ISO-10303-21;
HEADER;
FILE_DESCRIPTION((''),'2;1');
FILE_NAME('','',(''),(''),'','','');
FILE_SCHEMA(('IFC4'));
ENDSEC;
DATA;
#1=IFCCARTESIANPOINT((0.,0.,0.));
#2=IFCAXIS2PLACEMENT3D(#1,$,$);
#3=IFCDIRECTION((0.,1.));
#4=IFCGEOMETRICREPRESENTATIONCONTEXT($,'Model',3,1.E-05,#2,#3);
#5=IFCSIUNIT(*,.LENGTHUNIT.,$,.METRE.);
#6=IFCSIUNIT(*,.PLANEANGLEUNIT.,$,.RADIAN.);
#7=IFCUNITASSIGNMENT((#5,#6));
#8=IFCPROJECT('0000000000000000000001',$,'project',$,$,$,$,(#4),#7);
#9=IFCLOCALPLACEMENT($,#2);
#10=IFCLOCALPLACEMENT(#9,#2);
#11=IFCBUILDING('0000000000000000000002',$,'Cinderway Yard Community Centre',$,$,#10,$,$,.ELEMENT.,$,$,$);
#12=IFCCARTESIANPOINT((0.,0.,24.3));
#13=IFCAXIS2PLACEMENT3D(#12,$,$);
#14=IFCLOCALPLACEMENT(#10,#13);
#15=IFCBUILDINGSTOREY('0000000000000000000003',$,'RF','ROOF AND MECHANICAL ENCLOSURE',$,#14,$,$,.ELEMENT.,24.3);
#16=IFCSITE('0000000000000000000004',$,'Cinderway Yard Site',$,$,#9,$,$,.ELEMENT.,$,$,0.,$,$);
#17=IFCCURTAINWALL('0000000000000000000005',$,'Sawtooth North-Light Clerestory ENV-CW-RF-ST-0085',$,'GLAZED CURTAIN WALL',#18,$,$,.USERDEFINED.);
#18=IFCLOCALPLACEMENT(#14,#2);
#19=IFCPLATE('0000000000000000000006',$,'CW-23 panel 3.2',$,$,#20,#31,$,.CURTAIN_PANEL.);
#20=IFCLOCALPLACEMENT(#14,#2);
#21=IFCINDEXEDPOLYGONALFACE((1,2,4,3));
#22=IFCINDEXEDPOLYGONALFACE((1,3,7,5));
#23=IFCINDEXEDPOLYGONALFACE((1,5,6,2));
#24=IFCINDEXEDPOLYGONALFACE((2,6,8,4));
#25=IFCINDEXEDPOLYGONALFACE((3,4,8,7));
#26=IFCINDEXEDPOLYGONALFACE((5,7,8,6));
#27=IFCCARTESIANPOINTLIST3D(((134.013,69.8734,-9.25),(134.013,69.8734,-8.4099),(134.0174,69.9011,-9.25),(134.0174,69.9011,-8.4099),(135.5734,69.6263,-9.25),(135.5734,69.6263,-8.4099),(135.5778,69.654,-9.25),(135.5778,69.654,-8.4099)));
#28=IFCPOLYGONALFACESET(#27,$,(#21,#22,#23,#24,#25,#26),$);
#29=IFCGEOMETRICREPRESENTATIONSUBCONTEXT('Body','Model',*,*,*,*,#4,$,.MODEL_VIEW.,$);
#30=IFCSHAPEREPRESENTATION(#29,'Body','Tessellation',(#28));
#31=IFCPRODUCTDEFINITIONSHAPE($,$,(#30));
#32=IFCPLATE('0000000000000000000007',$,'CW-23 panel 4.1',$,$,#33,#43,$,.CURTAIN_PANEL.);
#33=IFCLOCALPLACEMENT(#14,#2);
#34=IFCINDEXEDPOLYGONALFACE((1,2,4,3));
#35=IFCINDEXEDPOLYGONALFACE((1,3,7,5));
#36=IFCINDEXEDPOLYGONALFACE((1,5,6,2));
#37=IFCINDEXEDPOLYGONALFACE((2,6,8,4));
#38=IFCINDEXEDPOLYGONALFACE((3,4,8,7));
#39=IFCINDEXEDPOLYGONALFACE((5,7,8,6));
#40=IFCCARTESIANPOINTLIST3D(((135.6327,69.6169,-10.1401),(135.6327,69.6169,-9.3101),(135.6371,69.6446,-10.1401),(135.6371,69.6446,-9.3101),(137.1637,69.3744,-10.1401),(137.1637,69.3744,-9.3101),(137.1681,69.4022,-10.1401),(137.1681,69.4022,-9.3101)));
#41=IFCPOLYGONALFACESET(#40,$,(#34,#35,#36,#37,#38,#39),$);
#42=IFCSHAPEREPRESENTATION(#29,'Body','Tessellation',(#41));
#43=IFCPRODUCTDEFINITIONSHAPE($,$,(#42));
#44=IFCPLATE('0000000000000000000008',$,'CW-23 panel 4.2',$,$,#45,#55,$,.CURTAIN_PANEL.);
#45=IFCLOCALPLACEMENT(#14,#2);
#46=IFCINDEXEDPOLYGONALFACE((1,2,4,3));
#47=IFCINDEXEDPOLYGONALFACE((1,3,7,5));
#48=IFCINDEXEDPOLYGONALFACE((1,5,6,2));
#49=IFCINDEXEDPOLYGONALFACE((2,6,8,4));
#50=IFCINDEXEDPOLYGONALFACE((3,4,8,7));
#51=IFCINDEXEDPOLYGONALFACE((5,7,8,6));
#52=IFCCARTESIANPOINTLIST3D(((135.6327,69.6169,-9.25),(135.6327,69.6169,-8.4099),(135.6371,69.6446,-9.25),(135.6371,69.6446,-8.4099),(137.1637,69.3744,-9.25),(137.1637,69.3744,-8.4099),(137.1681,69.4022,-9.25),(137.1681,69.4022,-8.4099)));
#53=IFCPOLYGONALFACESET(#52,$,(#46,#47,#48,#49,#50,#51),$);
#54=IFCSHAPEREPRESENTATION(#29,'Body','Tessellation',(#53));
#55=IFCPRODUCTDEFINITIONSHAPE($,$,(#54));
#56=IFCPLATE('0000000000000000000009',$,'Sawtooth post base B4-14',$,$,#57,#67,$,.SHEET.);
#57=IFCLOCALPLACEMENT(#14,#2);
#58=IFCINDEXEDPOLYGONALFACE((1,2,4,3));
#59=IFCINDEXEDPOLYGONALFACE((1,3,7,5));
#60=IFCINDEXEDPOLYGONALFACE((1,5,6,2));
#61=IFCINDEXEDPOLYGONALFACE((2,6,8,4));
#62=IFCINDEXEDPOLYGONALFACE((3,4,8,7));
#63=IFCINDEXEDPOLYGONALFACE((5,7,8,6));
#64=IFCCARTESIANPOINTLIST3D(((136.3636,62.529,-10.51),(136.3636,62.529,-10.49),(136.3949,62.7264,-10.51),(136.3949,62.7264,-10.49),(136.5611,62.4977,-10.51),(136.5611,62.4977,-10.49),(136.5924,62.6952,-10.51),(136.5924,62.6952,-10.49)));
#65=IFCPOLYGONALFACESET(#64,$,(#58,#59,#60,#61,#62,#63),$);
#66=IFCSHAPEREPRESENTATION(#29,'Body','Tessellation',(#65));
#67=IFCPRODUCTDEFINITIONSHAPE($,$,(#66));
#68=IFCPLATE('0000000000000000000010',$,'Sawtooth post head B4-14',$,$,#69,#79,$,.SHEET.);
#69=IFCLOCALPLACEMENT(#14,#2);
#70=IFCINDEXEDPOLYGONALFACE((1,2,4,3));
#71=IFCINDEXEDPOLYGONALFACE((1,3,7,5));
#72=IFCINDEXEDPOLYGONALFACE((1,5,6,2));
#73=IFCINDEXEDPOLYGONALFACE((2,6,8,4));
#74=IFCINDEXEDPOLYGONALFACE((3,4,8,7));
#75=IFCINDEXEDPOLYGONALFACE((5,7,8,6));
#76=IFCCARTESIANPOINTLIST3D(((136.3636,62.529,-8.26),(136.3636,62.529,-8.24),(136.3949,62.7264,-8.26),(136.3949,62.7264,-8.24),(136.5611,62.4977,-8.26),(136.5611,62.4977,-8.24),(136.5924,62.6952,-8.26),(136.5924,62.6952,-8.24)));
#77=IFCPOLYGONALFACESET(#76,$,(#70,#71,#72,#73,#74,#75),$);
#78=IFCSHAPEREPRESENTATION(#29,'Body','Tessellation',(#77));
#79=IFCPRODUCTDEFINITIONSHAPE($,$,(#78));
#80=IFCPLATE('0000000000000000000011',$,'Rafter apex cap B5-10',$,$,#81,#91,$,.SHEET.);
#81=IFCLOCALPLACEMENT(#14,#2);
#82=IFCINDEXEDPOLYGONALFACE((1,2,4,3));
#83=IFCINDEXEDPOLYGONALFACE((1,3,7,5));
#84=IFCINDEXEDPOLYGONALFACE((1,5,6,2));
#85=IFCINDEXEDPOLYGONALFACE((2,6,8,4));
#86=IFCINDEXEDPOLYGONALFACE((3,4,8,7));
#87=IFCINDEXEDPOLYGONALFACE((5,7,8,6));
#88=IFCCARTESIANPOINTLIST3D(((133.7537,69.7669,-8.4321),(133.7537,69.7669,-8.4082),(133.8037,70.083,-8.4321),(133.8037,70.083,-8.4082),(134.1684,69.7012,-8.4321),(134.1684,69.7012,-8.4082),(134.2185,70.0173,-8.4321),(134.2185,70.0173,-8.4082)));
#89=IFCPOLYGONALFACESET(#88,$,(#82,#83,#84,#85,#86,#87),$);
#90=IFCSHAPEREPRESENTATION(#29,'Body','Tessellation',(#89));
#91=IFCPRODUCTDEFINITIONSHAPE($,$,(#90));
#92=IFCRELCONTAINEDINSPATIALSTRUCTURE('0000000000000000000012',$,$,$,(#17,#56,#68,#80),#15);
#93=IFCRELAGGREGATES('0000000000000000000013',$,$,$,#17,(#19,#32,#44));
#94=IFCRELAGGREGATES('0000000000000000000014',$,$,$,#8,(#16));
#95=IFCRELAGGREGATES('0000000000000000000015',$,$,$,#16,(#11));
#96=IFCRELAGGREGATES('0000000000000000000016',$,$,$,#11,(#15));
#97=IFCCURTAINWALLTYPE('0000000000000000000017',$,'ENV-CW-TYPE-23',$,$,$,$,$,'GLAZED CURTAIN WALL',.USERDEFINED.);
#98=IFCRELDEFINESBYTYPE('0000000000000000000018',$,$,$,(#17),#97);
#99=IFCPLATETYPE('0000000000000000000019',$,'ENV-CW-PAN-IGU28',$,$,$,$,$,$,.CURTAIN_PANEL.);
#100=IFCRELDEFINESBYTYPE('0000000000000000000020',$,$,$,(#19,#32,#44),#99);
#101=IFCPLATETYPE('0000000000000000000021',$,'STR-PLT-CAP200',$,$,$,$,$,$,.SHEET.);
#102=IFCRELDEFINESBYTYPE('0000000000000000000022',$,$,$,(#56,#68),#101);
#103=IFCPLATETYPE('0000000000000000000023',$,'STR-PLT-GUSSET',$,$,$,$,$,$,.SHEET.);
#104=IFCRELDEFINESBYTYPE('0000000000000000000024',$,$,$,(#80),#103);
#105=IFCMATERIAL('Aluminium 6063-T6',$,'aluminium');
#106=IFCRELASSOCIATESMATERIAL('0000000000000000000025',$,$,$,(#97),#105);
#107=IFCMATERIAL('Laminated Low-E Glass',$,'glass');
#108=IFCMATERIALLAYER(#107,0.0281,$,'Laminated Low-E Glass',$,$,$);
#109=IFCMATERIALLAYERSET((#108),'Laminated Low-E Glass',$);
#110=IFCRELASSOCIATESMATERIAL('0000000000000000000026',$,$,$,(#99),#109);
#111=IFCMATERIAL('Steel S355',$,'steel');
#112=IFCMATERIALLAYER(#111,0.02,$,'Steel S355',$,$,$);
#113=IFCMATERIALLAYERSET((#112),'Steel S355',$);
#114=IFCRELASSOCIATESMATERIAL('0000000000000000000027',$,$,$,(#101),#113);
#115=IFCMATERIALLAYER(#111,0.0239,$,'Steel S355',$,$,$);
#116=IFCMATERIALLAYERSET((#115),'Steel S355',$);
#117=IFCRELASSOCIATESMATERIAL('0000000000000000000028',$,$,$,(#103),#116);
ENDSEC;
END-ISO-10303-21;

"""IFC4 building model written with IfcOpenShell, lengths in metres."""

from ifc_helpers import new_model, si_unit, direction, frame, origin, origin_2d, place, context, subcontext, project, spatial, rectangle, extrude, material, layer, layer_set, type_object, element, aggregate, save


model = new_model("IFC4")

# Units and contexts
model_context = context("Model", 3, precision=1e-05, world=origin(), true_north=direction((0.0, 1.0)))
body_context = subcontext(model_context, "Body", "Model", "MODEL_VIEW")
ifc_project = project(units=[si_unit("LENGTHUNIT", "METRE"), si_unit("PLANEANGLEUNIT", "RADIAN")], contexts=[model_context])

# Site, building, storey
site_placement = place(None, origin())
site = spatial("IfcSite", under=ifc_project, at=site_placement, Name="Cinderway Yard Site", CompositionType="ELEMENT", RefElevation=0.0)
building_placement = place(site_placement, origin())
building = spatial("IfcBuilding", under=site, at=building_placement, Name="Cinderway Yard Community Centre", CompositionType="ELEMENT")
storey_placement = place(building_placement, frame((0.0, 0.0, 24.3)))
storey = spatial("IfcBuildingStorey", under=building, at=storey_placement, Name="RF", Description="ROOF AND MECHANICAL ENCLOSURE", CompositionType="ELEMENT", Elevation=24.3)

# Shared definitions
ifc_material_1 = material(Name="Aluminium 6063-T6", Category="aluminium")
curtain_wall_type = type_object("IfcCurtainWallType", Name="ENV-CW-TYPE-23", ElementType="GLAZED CURTAIN WALL", PredefinedType="USERDEFINED", material=ifc_material_1)

# Curtain wall
curtain_wall_1_placement = place(storey_placement, origin())
curtain_wall_1 = element("IfcCurtainWall", 1, at=curtain_wall_1_placement, inside=storey, type_object=curtain_wall_type, Name="Sawtooth North-Light Clerestory ENV-CW-RF-ST-0085", ObjectType="GLAZED CURTAIN WALL", PredefinedType="USERDEFINED")

# Shared definitions
ifc_material_2 = material(Name="Steel S355", Category="steel")

# Plates
ifc_material_3 = material(Name="Laminated Low-E Glass", Category="glass")
ifc_layer_1 = layer(ifc_material_3, 0.0281, Name="Laminated Low-E Glass")
ifc_layer_set_1 = layer_set([ifc_layer_1], Name="Laminated Low-E Glass")
plate_type_1 = type_object("IfcPlateType", Name="ENV-CW-PAN-IGU28", PredefinedType="CURTAIN_PANEL", material=ifc_layer_set_1)
plate_1_placement = place(storey_placement, frame((134.7954, 69.7637, -9.25), z_axis=(0.0, 0.0, 1.0), x_axis=(0.987692, -0.156409, 0.0)))
plate_1 = element("IfcPlate", 2, at=plate_1_placement, type_object=plate_type_1, Name="CW-23 panel 3.2", PredefinedType="CURTAIN_PANEL", context=body_context, shape_type="SweptSolid", body=[
    extrude(rectangle(XDim=1.5798, YDim=0.0281, at=origin_2d()), origin(), (0.0, 0.0, 1.0), 0.8401),
])
plate_2_placement = place(storey_placement, frame((136.4004, 69.5095, -10.1401), z_axis=(0.0, 0.0, 1.0), x_axis=(0.987692, -0.156409, 0.0)))
plate_2 = element("IfcPlate", 3, at=plate_2_placement, type_object=plate_type_1, Name="CW-23 panel 4.1", PredefinedType="CURTAIN_PANEL", context=body_context, shape_type="SweptSolid", body=[
    extrude(rectangle(XDim=1.55, YDim=0.0281, at=origin_2d()), origin(), (0.0, 0.0, 1.0), 0.8301),
])
plate_3_placement = place(storey_placement, frame((136.4004, 69.5095, -9.25), z_axis=(0.0, 0.0, 1.0), x_axis=(0.987692, -0.156409, 0.0)))
plate_3 = element("IfcPlate", 4, at=plate_3_placement, type_object=plate_type_1, Name="CW-23 panel 4.2", PredefinedType="CURTAIN_PANEL", context=body_context, shape_type="SweptSolid", body=[
    extrude(rectangle(XDim=1.55, YDim=0.0281, at=origin_2d()), origin(), (0.0, 0.0, 1.0), 0.8401),
])
aggregate(curtain_wall_1, [plate_1, plate_2, plate_3])

# Plates
ifc_layer_2 = layer(ifc_material_2, 0.02, Name="Steel S355")
ifc_layer_set_2 = layer_set([ifc_layer_2], Name="Steel S355")
plate_type_2 = type_object("IfcPlateType", Name="STR-PLT-CAP200", PredefinedType="SHEET", material=ifc_layer_set_2)
for number, where, z_axis, x_axis, name in (
    (5, (136.478, 62.6121, -10.51), (0.0, 0.0, 1.0), (0.987688, -0.156434, 0.0), "Sawtooth post base B4-14"),
    (6, (136.478, 62.6121, -8.26), (0.0, 0.0, 1.0), (0.987688, -0.156434, 0.0), "Sawtooth post head B4-14"),
):
    element("IfcPlate", number, at=place(storey_placement, frame(where, z_axis=z_axis, x_axis=x_axis)), inside=storey, type_object=plate_type_2, Name=name, PredefinedType="SHEET", context=body_context, shape_type="SweptSolid", body=[
        extrude(rectangle(XDim=0.2, YDim=0.2, at=origin_2d()), origin(), (0.0, 0.0, 1.0), 0.02),
    ])
ifc_layer_3 = layer(ifc_material_2, 0.0239, Name="Steel S355")
ifc_layer_set_3 = layer_set([ifc_layer_3], Name="Steel S355")
plate_type_3 = type_object("IfcPlateType", Name="STR-PLT-GUSSET", PredefinedType="SHEET", material=ifc_layer_set_3)
plate_4_placement = place(storey_placement, frame((133.9861, 69.8921, -8.4321), z_axis=(0.0, 0.0, 1.0), x_axis=(0.987688, -0.156434, 0.0)))
element("IfcPlate", 7, at=plate_4_placement, inside=storey, type_object=plate_type_3, Name="Rafter apex cap B5-10", PredefinedType="SHEET", context=body_context, shape_type="SweptSolid", body=[
    extrude(rectangle(XDim=0.4199, YDim=0.3201, at=origin_2d()), origin(), (0.0, 0.0, 1.0), 0.0239),
])

save(model, "model.ifc")
